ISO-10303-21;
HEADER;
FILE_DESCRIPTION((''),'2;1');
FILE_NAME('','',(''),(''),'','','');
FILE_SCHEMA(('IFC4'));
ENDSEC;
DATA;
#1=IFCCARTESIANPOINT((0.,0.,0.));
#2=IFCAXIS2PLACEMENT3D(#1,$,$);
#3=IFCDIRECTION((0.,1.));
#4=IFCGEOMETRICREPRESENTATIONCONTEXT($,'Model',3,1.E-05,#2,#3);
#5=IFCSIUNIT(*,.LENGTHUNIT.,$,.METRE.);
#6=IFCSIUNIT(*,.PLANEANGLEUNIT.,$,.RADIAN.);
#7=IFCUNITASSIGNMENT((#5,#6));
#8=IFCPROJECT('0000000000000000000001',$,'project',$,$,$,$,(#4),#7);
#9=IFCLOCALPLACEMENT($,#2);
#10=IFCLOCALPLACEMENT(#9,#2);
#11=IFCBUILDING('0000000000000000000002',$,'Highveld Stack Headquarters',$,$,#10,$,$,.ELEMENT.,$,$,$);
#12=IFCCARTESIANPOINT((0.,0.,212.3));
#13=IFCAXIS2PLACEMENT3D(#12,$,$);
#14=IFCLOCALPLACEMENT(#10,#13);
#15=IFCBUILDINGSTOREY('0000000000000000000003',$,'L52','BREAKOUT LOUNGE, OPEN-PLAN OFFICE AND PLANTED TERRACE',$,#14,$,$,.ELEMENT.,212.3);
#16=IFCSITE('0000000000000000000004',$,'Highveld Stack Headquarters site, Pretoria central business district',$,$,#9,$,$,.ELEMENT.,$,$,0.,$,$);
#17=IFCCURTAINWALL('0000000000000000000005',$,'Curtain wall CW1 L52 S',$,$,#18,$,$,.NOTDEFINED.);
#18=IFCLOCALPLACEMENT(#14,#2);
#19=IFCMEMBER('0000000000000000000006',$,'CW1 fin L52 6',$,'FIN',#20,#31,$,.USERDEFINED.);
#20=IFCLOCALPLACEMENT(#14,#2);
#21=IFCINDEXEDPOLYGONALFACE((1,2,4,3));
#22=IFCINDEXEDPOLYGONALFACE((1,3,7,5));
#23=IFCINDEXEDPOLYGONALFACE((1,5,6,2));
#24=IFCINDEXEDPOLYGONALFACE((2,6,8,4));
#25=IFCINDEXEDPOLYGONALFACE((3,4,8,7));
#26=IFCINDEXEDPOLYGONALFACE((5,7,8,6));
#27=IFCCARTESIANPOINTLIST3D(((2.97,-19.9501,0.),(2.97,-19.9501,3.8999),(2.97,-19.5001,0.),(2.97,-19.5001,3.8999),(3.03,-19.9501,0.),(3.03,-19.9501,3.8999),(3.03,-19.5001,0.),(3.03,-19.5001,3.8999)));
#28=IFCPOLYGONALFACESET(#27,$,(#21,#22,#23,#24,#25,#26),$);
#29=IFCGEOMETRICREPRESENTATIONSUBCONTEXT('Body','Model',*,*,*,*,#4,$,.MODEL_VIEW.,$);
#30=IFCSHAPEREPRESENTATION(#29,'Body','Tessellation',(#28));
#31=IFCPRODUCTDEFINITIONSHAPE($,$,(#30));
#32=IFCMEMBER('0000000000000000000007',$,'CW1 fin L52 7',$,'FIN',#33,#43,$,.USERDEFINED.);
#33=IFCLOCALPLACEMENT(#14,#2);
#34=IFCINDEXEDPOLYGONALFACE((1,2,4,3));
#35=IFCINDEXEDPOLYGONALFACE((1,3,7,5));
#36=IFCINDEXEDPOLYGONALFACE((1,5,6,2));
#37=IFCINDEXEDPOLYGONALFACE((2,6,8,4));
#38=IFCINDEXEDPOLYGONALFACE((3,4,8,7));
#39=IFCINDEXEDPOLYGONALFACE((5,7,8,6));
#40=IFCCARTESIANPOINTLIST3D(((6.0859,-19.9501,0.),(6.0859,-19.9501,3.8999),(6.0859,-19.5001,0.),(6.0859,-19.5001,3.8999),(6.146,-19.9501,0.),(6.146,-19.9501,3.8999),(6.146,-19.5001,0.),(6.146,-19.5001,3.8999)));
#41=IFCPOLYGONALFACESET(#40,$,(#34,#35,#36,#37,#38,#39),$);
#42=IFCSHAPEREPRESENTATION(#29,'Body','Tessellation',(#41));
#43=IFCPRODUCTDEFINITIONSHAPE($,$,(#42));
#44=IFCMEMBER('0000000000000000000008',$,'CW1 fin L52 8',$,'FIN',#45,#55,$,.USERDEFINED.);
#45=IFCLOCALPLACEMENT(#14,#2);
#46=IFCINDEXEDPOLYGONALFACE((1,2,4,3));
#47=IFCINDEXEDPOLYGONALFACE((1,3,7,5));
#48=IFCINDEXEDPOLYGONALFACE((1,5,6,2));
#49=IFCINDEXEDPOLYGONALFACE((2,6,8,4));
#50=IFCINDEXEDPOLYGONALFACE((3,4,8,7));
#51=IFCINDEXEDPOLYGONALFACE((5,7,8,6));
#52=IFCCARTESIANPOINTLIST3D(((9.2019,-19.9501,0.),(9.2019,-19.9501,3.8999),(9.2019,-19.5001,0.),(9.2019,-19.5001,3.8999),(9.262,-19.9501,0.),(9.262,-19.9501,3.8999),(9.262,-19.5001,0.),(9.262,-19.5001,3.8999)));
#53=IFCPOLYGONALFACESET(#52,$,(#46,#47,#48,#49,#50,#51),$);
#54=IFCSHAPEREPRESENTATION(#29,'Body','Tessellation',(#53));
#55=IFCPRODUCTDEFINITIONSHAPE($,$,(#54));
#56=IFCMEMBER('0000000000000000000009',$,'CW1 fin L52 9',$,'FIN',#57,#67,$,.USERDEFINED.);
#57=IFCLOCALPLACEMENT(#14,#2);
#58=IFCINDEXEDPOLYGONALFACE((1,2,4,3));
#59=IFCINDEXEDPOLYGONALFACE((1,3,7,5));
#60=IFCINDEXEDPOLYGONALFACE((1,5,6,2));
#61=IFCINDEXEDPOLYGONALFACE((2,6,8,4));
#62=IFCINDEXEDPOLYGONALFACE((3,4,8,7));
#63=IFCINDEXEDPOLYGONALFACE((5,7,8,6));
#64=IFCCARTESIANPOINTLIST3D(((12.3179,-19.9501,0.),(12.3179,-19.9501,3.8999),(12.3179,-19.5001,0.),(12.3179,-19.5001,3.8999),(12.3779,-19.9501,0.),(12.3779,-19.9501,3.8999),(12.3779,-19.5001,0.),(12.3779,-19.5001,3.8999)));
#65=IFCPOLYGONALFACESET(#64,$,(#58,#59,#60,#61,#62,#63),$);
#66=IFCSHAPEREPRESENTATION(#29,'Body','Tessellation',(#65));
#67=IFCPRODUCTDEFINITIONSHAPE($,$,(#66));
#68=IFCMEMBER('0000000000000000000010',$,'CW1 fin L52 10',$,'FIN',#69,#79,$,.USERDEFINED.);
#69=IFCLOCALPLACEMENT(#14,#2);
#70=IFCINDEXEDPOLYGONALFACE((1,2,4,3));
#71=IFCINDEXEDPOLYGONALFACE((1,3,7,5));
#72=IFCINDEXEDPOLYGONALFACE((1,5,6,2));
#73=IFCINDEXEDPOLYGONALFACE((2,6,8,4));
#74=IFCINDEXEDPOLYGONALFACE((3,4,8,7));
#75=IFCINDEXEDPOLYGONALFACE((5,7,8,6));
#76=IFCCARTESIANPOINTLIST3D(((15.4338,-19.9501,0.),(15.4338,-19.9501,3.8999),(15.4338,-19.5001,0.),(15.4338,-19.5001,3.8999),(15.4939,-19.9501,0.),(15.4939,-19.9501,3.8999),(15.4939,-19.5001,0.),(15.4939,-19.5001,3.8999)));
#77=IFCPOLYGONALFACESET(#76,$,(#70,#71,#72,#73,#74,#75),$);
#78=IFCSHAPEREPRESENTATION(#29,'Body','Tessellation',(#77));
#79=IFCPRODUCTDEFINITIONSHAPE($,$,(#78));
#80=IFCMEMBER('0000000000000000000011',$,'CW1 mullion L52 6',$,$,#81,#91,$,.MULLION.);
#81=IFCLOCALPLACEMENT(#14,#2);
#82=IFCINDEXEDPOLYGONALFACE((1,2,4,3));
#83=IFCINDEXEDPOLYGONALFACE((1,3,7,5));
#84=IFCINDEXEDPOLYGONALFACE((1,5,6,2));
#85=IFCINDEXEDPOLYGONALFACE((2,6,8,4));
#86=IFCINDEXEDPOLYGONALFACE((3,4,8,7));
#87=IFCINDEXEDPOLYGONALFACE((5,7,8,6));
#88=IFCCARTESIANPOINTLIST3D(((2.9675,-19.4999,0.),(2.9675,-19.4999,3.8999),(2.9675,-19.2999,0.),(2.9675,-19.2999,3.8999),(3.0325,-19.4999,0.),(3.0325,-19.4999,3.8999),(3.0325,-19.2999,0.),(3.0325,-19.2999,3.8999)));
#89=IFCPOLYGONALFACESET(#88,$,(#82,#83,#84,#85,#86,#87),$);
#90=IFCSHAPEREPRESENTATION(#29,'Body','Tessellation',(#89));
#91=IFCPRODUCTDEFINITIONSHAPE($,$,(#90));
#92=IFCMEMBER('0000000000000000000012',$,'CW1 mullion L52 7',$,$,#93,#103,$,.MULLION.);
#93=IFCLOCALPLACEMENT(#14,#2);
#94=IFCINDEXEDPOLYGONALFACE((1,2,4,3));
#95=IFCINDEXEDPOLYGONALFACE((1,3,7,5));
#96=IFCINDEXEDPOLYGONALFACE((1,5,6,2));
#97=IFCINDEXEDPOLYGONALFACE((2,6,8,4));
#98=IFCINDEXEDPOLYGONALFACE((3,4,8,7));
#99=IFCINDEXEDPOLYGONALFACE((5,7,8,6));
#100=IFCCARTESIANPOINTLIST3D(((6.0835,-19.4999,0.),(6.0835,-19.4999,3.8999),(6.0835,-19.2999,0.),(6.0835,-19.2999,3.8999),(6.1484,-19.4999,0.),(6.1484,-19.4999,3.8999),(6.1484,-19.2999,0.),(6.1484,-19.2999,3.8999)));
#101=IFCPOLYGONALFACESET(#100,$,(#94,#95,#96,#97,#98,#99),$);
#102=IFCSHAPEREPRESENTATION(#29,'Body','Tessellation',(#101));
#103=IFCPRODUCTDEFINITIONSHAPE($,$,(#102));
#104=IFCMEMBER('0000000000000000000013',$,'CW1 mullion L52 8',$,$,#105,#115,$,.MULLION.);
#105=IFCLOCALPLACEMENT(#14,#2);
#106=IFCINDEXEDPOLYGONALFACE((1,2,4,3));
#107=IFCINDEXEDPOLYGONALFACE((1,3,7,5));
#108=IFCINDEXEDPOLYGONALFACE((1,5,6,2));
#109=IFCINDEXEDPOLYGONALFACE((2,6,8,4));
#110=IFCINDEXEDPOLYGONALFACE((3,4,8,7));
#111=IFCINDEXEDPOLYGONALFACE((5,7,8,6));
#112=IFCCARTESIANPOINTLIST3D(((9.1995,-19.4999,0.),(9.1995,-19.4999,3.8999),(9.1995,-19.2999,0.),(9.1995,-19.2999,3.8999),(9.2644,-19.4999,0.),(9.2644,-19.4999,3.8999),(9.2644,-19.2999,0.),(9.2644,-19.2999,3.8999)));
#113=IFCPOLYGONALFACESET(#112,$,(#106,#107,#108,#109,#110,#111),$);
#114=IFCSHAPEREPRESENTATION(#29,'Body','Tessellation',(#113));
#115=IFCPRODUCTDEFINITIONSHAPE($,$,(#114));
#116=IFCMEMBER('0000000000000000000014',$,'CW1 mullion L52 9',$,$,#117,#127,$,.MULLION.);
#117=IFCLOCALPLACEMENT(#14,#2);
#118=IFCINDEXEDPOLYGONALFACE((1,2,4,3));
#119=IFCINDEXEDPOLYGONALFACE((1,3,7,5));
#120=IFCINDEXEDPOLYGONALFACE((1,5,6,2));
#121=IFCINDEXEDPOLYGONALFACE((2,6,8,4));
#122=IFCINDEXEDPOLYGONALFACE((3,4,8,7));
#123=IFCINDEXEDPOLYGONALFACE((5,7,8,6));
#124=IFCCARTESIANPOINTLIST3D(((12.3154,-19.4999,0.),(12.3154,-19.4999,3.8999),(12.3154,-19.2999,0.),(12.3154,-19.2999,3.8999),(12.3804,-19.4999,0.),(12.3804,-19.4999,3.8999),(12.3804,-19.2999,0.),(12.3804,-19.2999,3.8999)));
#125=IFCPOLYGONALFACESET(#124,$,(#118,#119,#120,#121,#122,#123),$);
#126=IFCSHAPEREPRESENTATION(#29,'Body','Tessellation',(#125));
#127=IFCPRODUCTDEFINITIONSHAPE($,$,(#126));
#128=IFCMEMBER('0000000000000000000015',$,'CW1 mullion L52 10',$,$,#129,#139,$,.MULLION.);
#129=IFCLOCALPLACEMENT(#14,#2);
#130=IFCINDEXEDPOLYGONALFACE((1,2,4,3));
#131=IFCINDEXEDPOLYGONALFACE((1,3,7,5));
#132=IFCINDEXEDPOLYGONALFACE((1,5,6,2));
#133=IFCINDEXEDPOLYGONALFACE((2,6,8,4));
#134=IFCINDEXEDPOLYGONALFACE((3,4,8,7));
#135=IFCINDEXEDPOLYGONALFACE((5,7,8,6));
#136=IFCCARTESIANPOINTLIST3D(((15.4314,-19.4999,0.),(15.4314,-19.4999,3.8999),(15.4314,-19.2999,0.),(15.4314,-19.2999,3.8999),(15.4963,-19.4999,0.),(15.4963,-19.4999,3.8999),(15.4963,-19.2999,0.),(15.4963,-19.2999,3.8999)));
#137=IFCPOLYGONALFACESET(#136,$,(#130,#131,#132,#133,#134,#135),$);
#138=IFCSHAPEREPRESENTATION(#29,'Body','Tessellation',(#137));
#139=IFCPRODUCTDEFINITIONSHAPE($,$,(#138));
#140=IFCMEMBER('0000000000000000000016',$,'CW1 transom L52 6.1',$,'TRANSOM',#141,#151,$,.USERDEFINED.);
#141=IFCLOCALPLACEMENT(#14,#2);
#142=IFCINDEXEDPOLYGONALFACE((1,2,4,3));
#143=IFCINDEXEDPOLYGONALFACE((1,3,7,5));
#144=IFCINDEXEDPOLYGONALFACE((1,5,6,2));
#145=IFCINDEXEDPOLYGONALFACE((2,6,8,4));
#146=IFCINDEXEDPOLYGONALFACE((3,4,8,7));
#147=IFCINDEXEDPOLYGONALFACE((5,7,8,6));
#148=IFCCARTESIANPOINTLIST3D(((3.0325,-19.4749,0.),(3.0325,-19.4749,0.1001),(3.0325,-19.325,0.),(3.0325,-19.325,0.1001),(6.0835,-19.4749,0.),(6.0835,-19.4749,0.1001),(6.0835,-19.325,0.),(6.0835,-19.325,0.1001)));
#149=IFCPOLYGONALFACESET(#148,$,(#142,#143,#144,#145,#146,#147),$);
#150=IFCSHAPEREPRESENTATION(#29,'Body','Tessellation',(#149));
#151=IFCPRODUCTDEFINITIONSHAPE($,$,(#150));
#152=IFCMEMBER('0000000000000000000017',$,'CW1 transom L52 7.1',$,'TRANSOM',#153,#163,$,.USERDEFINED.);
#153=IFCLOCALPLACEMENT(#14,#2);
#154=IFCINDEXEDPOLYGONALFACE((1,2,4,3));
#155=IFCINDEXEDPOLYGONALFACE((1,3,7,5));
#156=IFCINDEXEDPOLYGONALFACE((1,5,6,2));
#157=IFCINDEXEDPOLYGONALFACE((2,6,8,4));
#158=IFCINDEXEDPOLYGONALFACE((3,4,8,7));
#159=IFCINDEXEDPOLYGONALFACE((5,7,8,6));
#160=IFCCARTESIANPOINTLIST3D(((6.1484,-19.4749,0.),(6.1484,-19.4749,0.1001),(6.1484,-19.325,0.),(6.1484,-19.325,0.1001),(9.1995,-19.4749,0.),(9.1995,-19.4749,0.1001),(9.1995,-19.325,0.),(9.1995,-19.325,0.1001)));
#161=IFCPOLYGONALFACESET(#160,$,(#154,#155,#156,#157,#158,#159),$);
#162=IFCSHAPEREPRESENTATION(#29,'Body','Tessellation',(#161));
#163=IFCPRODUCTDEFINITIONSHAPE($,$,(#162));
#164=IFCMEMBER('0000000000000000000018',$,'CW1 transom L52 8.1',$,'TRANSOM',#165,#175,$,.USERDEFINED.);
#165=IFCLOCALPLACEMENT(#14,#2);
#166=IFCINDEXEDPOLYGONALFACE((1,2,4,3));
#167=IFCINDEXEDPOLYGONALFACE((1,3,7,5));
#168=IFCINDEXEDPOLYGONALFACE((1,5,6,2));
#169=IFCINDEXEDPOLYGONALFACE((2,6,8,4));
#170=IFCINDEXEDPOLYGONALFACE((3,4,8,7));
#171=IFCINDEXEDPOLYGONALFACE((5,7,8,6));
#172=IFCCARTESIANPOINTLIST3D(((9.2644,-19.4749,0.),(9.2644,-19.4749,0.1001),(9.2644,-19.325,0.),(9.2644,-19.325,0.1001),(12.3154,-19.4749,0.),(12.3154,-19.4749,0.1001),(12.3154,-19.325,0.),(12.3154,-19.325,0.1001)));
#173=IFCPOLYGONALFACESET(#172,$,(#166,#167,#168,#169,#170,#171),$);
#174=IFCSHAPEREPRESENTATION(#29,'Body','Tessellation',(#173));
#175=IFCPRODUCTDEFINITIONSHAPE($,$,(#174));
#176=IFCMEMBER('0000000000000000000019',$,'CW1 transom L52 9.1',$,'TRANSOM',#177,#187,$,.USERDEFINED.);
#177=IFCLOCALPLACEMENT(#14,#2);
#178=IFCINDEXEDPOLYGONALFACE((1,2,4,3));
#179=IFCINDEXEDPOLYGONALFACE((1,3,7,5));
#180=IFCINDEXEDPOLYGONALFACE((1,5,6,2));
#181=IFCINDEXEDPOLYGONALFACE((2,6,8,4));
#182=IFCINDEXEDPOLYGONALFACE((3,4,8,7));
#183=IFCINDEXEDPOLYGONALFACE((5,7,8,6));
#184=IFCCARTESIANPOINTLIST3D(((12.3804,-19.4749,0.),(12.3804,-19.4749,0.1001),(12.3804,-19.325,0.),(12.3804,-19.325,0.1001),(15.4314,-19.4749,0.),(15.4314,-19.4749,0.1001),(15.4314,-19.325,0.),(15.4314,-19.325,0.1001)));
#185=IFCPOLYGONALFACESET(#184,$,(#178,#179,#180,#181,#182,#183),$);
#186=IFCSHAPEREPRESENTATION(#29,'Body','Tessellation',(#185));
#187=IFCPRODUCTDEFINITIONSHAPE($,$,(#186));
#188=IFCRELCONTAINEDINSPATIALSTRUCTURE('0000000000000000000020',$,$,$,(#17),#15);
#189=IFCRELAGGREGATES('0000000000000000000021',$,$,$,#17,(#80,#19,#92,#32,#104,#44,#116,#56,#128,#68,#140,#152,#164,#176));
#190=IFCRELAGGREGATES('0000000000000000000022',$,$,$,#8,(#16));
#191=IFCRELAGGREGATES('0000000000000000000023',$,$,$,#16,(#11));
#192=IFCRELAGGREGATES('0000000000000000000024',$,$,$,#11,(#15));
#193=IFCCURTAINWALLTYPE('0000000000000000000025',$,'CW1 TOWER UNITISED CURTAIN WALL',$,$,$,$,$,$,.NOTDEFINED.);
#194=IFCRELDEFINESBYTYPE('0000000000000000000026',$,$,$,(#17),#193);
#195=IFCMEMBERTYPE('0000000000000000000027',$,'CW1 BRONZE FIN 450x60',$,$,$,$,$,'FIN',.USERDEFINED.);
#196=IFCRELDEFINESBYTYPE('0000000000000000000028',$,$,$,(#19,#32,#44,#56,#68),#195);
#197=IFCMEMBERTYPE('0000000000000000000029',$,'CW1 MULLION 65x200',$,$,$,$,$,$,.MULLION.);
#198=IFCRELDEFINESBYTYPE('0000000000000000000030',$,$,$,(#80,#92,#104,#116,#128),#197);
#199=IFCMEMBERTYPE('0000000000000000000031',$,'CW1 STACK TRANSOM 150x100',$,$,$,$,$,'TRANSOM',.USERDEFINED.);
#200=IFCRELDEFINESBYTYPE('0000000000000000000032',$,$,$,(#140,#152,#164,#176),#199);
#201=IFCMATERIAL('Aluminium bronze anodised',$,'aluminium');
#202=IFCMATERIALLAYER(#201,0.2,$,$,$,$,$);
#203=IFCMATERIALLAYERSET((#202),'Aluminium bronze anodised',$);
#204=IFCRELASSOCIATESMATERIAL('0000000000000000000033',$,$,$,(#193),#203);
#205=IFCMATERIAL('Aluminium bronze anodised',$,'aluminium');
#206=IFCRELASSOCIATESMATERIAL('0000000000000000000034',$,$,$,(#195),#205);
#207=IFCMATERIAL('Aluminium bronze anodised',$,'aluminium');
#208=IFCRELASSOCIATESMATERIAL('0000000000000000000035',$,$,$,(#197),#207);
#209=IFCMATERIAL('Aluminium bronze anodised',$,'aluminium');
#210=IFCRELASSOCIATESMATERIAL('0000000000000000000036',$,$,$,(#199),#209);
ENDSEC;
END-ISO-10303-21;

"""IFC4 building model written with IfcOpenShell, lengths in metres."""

from ifc_helpers import new_model, si_unit, direction, frame, origin, origin_2d, place, context, subcontext, project, spatial, rectangle, extrude, material, layer, layer_set, material_profile, profile_set, type_object, element, aggregate, save


model = new_model("IFC4")

# Units and contexts
model_context = context("Model", 3, precision=1e-05, world=origin(), true_north=direction((0.0, 1.0)))
body_context = subcontext(model_context, "Body", "Model", "MODEL_VIEW")
ifc_project = project(units=[si_unit("LENGTHUNIT", "METRE"), si_unit("PLANEANGLEUNIT", "RADIAN")], contexts=[model_context])

# Site, building, storey
site_placement = place(None, origin())
site = spatial("IfcSite", under=ifc_project, at=site_placement, Name="Highveld Stack Headquarters site, Pretoria central business district", CompositionType="ELEMENT", RefElevation=0.0)
building_placement = place(site_placement, origin())
building = spatial("IfcBuilding", under=site, at=building_placement, Name="Highveld Stack Headquarters", CompositionType="ELEMENT")
storey_placement = place(building_placement, frame((0.0, 0.0, 212.3)))
storey = spatial("IfcBuildingStorey", under=building, at=storey_placement, Name="L52", Description="BREAKOUT LOUNGE, OPEN-PLAN OFFICE AND PLANTED TERRACE", CompositionType="ELEMENT", Elevation=212.3)

# Curtain wall, members
ifc_material_1 = material(Name="Aluminium bronze anodised", Category="aluminium")
ifc_layer_1 = layer(ifc_material_1, 0.2)
ifc_layer_set_1 = layer_set([ifc_layer_1], Name="Aluminium bronze anodised")
curtain_wall_type = type_object("IfcCurtainWallType", Name="CW1 TOWER UNITISED CURTAIN WALL", PredefinedType="NOTDEFINED", material=ifc_layer_set_1)
curtain_wall_placement = place(storey_placement, origin())
curtain_wall = element("IfcCurtainWall", 1, at=curtain_wall_placement, inside=storey, type_object=curtain_wall_type, Name="Curtain wall CW1 L52 S", PredefinedType="NOTDEFINED")
ifc_material_2 = material(Name="Aluminium bronze anodised", Category="aluminium")
ifc_material_profile_1 = material_profile(ifc_material_2, rectangle(XDim=0.45, YDim=0.0601, at=origin_2d()), Name="FIN 450x60")
ifc_profile_set_1 = profile_set([ifc_material_profile_1], Name="Aluminium bronze anodised")
member_type_1 = type_object("IfcMemberType", Name="CW1 BRONZE FIN 450x60", ElementType="FIN", PredefinedType="USERDEFINED", material=ifc_profile_set_1)
member_1_placement = place(storey_placement, frame((3.0, -19.7251, 0.0), z_axis=(0.0, 0.0, 1.0), x_axis=(0.0, 1.0, 0.0)))
member_1 = element("IfcMember", 2, at=member_1_placement, type_object=member_type_1, Name="CW1 fin L52 6", ObjectType="FIN", PredefinedType="USERDEFINED", context=body_context, shape_type="SweptSolid", body=[
    extrude(rectangle(XDim=0.45, YDim=0.0601, at=origin_2d()), origin(), (0.0, 0.0, 1.0), 3.8999),
])
member_2_placement = place(storey_placement, frame((6.116, -19.7251, 0.0), z_axis=(0.0, 0.0, 1.0), x_axis=(0.0, 1.0, 0.0)))
member_2 = element("IfcMember", 3, at=member_2_placement, type_object=member_type_1, Name="CW1 fin L52 7", ObjectType="FIN", PredefinedType="USERDEFINED", context=body_context, shape_type="SweptSolid", body=[
    extrude(rectangle(XDim=0.45, YDim=0.0601, at=origin_2d()), origin(), (0.0, 0.0, 1.0), 3.8999),
])
member_3_placement = place(storey_placement, frame((9.2319, -19.7251, 0.0), z_axis=(0.0, 0.0, 1.0), x_axis=(0.0, 1.0, 0.0)))
member_3 = element("IfcMember", 4, at=member_3_placement, type_object=member_type_1, Name="CW1 fin L52 8", ObjectType="FIN", PredefinedType="USERDEFINED", context=body_context, shape_type="SweptSolid", body=[
    extrude(rectangle(XDim=0.45, YDim=0.0601, at=origin_2d()), origin(), (0.0, 0.0, 1.0), 3.8999),
])
member_4_placement = place(storey_placement, frame((12.3479, -19.7251, 0.0), z_axis=(0.0, 0.0, 1.0), x_axis=(0.0, 1.0, 0.0)))
member_4 = element("IfcMember", 5, at=member_4_placement, type_object=member_type_1, Name="CW1 fin L52 9", ObjectType="FIN", PredefinedType="USERDEFINED", context=body_context, shape_type="SweptSolid", body=[
    extrude(rectangle(XDim=0.45, YDim=0.0601, at=origin_2d()), origin(), (0.0, 0.0, 1.0), 3.8999),
])
member_5_placement = place(storey_placement, frame((15.4639, -19.7251, 0.0), z_axis=(0.0, 0.0, 1.0), x_axis=(0.0, 1.0, 0.0)))
member_5 = element("IfcMember", 6, at=member_5_placement, type_object=member_type_1, Name="CW1 fin L52 10", ObjectType="FIN", PredefinedType="USERDEFINED", context=body_context, shape_type="SweptSolid", body=[
    extrude(rectangle(XDim=0.45, YDim=0.0601, at=origin_2d()), origin(), (0.0, 0.0, 1.0), 3.8999),
])
ifc_material_3 = material(Name="Aluminium bronze anodised", Category="aluminium")
ifc_material_profile_2 = material_profile(ifc_material_3, rectangle(XDim=0.2, YDim=0.0649, at=origin_2d()), Name="CW1 MULLION 65x200")
ifc_profile_set_2 = profile_set([ifc_material_profile_2], Name="Aluminium bronze anodised")
member_type_2 = type_object("IfcMemberType", Name="CW1 MULLION 65x200", PredefinedType="MULLION", material=ifc_profile_set_2)
member_6_placement = place(storey_placement, frame((3.0, -19.3999, 0.0), z_axis=(0.0, 0.0, 1.0), x_axis=(0.0, 1.0, 0.0)))
member_6 = element("IfcMember", 7, at=member_6_placement, type_object=member_type_2, Name="CW1 mullion L52 6", PredefinedType="MULLION", context=body_context, shape_type="SweptSolid", body=[
    extrude(rectangle(XDim=0.2, YDim=0.0649, at=origin_2d()), origin(), (0.0, 0.0, 1.0), 3.8999),
])
member_7_placement = place(storey_placement, frame((6.116, -19.3999, 0.0), z_axis=(0.0, 0.0, 1.0), x_axis=(0.0, 1.0, 0.0)))
member_7 = element("IfcMember", 8, at=member_7_placement, type_object=member_type_2, Name="CW1 mullion L52 7", PredefinedType="MULLION", context=body_context, shape_type="SweptSolid", body=[
    extrude(rectangle(XDim=0.2, YDim=0.0649, at=origin_2d()), origin(), (0.0, 0.0, 1.0), 3.8999),
])
member_8_placement = place(storey_placement, frame((9.2319, -19.3999, 0.0), z_axis=(0.0, 0.0, 1.0), x_axis=(0.0, 1.0, 0.0)))
member_8 = element("IfcMember", 9, at=member_8_placement, type_object=member_type_2, Name="CW1 mullion L52 8", PredefinedType="MULLION", context=body_context, shape_type="SweptSolid", body=[
    extrude(rectangle(XDim=0.2, YDim=0.0649, at=origin_2d()), origin(), (0.0, 0.0, 1.0), 3.8999),
])
member_9_placement = place(storey_placement, frame((12.3479, -19.3999, 0.0), z_axis=(0.0, 0.0, 1.0), x_axis=(0.0, 1.0, 0.0)))
member_9 = element("IfcMember", 10, at=member_9_placement, type_object=member_type_2, Name="CW1 mullion L52 9", PredefinedType="MULLION", context=body_context, shape_type="SweptSolid", body=[
    extrude(rectangle(XDim=0.2, YDim=0.0649, at=origin_2d()), origin(), (0.0, 0.0, 1.0), 3.8999),
])
member_10_placement = place(storey_placement, frame((15.4639, -19.3999, 0.0), z_axis=(0.0, 0.0, 1.0), x_axis=(0.0, 1.0, 0.0)))
member_10 = element("IfcMember", 11, at=member_10_placement, type_object=member_type_2, Name="CW1 mullion L52 10", PredefinedType="MULLION", context=body_context, shape_type="SweptSolid", body=[
    extrude(rectangle(XDim=0.2, YDim=0.0649, at=origin_2d()), origin(), (0.0, 0.0, 1.0), 3.8999),
])
ifc_material_4 = material(Name="Aluminium bronze anodised", Category="aluminium")
ifc_material_profile_3 = material_profile(ifc_material_4, rectangle(XDim=0.1499, YDim=0.1001, at=origin_2d()), Name="CW1 TRANSOM 150x100")
ifc_profile_set_3 = profile_set([ifc_material_profile_3], Name="Aluminium bronze anodised")
member_type_3 = type_object("IfcMemberType", Name="CW1 STACK TRANSOM 150x100", ElementType="TRANSOM", PredefinedType="USERDEFINED", material=ifc_profile_set_3)
member_11_placement = place(storey_placement, frame((3.0325, -19.3999, 0.05), z_axis=(1.0, 0.0, 0.0), x_axis=(0.0, 1.0, 0.0)))
member_11 = element("IfcMember", 12, at=member_11_placement, type_object=member_type_3, Name="CW1 transom L52 6.1", ObjectType="TRANSOM", PredefinedType="USERDEFINED", context=body_context, shape_type="SweptSolid", body=[
    extrude(rectangle(XDim=0.1499, YDim=0.1001, at=origin_2d()), origin(), (0.0, 0.0, 1.0), 3.051),
])
member_12_placement = place(storey_placement, frame((6.1484, -19.3999, 0.05), z_axis=(1.0, 0.0, 0.0), x_axis=(0.0, 1.0, 0.0)))
member_12 = element("IfcMember", 13, at=member_12_placement, type_object=member_type_3, Name="CW1 transom L52 7.1", ObjectType="TRANSOM", PredefinedType="USERDEFINED", context=body_context, shape_type="SweptSolid", body=[
    extrude(rectangle(XDim=0.1499, YDim=0.1001, at=origin_2d()), origin(), (0.0, 0.0, 1.0), 3.051),
])
member_13_placement = place(storey_placement, frame((9.2644, -19.3999, 0.05), z_axis=(1.0, 0.0, 0.0), x_axis=(0.0, 1.0, 0.0)))
member_13 = element("IfcMember", 14, at=member_13_placement, type_object=member_type_3, Name="CW1 transom L52 8.1", ObjectType="TRANSOM", PredefinedType="USERDEFINED", context=body_context, shape_type="SweptSolid", body=[
    extrude(rectangle(XDim=0.1499, YDim=0.1001, at=origin_2d()), origin(), (0.0, 0.0, 1.0), 3.051),
])
member_14_placement = place(storey_placement, frame((12.3804, -19.3999, 0.05), z_axis=(1.0, 0.0, 0.0), x_axis=(0.0, 1.0, 0.0)))
member_14 = element("IfcMember", 15, at=member_14_placement, type_object=member_type_3, Name="CW1 transom L52 9.1", ObjectType="TRANSOM", PredefinedType="USERDEFINED", context=body_context, shape_type="SweptSolid", body=[
    extrude(rectangle(XDim=0.1499, YDim=0.1001, at=origin_2d()), origin(), (0.0, 0.0, 1.0), 3.051),
])
aggregate(curtain_wall, [member_6, member_1, member_7, member_2, member_8, member_3, member_9, member_4, member_10, member_5, member_11, member_12, member_13, member_14])

save(model, "model.ifc")
